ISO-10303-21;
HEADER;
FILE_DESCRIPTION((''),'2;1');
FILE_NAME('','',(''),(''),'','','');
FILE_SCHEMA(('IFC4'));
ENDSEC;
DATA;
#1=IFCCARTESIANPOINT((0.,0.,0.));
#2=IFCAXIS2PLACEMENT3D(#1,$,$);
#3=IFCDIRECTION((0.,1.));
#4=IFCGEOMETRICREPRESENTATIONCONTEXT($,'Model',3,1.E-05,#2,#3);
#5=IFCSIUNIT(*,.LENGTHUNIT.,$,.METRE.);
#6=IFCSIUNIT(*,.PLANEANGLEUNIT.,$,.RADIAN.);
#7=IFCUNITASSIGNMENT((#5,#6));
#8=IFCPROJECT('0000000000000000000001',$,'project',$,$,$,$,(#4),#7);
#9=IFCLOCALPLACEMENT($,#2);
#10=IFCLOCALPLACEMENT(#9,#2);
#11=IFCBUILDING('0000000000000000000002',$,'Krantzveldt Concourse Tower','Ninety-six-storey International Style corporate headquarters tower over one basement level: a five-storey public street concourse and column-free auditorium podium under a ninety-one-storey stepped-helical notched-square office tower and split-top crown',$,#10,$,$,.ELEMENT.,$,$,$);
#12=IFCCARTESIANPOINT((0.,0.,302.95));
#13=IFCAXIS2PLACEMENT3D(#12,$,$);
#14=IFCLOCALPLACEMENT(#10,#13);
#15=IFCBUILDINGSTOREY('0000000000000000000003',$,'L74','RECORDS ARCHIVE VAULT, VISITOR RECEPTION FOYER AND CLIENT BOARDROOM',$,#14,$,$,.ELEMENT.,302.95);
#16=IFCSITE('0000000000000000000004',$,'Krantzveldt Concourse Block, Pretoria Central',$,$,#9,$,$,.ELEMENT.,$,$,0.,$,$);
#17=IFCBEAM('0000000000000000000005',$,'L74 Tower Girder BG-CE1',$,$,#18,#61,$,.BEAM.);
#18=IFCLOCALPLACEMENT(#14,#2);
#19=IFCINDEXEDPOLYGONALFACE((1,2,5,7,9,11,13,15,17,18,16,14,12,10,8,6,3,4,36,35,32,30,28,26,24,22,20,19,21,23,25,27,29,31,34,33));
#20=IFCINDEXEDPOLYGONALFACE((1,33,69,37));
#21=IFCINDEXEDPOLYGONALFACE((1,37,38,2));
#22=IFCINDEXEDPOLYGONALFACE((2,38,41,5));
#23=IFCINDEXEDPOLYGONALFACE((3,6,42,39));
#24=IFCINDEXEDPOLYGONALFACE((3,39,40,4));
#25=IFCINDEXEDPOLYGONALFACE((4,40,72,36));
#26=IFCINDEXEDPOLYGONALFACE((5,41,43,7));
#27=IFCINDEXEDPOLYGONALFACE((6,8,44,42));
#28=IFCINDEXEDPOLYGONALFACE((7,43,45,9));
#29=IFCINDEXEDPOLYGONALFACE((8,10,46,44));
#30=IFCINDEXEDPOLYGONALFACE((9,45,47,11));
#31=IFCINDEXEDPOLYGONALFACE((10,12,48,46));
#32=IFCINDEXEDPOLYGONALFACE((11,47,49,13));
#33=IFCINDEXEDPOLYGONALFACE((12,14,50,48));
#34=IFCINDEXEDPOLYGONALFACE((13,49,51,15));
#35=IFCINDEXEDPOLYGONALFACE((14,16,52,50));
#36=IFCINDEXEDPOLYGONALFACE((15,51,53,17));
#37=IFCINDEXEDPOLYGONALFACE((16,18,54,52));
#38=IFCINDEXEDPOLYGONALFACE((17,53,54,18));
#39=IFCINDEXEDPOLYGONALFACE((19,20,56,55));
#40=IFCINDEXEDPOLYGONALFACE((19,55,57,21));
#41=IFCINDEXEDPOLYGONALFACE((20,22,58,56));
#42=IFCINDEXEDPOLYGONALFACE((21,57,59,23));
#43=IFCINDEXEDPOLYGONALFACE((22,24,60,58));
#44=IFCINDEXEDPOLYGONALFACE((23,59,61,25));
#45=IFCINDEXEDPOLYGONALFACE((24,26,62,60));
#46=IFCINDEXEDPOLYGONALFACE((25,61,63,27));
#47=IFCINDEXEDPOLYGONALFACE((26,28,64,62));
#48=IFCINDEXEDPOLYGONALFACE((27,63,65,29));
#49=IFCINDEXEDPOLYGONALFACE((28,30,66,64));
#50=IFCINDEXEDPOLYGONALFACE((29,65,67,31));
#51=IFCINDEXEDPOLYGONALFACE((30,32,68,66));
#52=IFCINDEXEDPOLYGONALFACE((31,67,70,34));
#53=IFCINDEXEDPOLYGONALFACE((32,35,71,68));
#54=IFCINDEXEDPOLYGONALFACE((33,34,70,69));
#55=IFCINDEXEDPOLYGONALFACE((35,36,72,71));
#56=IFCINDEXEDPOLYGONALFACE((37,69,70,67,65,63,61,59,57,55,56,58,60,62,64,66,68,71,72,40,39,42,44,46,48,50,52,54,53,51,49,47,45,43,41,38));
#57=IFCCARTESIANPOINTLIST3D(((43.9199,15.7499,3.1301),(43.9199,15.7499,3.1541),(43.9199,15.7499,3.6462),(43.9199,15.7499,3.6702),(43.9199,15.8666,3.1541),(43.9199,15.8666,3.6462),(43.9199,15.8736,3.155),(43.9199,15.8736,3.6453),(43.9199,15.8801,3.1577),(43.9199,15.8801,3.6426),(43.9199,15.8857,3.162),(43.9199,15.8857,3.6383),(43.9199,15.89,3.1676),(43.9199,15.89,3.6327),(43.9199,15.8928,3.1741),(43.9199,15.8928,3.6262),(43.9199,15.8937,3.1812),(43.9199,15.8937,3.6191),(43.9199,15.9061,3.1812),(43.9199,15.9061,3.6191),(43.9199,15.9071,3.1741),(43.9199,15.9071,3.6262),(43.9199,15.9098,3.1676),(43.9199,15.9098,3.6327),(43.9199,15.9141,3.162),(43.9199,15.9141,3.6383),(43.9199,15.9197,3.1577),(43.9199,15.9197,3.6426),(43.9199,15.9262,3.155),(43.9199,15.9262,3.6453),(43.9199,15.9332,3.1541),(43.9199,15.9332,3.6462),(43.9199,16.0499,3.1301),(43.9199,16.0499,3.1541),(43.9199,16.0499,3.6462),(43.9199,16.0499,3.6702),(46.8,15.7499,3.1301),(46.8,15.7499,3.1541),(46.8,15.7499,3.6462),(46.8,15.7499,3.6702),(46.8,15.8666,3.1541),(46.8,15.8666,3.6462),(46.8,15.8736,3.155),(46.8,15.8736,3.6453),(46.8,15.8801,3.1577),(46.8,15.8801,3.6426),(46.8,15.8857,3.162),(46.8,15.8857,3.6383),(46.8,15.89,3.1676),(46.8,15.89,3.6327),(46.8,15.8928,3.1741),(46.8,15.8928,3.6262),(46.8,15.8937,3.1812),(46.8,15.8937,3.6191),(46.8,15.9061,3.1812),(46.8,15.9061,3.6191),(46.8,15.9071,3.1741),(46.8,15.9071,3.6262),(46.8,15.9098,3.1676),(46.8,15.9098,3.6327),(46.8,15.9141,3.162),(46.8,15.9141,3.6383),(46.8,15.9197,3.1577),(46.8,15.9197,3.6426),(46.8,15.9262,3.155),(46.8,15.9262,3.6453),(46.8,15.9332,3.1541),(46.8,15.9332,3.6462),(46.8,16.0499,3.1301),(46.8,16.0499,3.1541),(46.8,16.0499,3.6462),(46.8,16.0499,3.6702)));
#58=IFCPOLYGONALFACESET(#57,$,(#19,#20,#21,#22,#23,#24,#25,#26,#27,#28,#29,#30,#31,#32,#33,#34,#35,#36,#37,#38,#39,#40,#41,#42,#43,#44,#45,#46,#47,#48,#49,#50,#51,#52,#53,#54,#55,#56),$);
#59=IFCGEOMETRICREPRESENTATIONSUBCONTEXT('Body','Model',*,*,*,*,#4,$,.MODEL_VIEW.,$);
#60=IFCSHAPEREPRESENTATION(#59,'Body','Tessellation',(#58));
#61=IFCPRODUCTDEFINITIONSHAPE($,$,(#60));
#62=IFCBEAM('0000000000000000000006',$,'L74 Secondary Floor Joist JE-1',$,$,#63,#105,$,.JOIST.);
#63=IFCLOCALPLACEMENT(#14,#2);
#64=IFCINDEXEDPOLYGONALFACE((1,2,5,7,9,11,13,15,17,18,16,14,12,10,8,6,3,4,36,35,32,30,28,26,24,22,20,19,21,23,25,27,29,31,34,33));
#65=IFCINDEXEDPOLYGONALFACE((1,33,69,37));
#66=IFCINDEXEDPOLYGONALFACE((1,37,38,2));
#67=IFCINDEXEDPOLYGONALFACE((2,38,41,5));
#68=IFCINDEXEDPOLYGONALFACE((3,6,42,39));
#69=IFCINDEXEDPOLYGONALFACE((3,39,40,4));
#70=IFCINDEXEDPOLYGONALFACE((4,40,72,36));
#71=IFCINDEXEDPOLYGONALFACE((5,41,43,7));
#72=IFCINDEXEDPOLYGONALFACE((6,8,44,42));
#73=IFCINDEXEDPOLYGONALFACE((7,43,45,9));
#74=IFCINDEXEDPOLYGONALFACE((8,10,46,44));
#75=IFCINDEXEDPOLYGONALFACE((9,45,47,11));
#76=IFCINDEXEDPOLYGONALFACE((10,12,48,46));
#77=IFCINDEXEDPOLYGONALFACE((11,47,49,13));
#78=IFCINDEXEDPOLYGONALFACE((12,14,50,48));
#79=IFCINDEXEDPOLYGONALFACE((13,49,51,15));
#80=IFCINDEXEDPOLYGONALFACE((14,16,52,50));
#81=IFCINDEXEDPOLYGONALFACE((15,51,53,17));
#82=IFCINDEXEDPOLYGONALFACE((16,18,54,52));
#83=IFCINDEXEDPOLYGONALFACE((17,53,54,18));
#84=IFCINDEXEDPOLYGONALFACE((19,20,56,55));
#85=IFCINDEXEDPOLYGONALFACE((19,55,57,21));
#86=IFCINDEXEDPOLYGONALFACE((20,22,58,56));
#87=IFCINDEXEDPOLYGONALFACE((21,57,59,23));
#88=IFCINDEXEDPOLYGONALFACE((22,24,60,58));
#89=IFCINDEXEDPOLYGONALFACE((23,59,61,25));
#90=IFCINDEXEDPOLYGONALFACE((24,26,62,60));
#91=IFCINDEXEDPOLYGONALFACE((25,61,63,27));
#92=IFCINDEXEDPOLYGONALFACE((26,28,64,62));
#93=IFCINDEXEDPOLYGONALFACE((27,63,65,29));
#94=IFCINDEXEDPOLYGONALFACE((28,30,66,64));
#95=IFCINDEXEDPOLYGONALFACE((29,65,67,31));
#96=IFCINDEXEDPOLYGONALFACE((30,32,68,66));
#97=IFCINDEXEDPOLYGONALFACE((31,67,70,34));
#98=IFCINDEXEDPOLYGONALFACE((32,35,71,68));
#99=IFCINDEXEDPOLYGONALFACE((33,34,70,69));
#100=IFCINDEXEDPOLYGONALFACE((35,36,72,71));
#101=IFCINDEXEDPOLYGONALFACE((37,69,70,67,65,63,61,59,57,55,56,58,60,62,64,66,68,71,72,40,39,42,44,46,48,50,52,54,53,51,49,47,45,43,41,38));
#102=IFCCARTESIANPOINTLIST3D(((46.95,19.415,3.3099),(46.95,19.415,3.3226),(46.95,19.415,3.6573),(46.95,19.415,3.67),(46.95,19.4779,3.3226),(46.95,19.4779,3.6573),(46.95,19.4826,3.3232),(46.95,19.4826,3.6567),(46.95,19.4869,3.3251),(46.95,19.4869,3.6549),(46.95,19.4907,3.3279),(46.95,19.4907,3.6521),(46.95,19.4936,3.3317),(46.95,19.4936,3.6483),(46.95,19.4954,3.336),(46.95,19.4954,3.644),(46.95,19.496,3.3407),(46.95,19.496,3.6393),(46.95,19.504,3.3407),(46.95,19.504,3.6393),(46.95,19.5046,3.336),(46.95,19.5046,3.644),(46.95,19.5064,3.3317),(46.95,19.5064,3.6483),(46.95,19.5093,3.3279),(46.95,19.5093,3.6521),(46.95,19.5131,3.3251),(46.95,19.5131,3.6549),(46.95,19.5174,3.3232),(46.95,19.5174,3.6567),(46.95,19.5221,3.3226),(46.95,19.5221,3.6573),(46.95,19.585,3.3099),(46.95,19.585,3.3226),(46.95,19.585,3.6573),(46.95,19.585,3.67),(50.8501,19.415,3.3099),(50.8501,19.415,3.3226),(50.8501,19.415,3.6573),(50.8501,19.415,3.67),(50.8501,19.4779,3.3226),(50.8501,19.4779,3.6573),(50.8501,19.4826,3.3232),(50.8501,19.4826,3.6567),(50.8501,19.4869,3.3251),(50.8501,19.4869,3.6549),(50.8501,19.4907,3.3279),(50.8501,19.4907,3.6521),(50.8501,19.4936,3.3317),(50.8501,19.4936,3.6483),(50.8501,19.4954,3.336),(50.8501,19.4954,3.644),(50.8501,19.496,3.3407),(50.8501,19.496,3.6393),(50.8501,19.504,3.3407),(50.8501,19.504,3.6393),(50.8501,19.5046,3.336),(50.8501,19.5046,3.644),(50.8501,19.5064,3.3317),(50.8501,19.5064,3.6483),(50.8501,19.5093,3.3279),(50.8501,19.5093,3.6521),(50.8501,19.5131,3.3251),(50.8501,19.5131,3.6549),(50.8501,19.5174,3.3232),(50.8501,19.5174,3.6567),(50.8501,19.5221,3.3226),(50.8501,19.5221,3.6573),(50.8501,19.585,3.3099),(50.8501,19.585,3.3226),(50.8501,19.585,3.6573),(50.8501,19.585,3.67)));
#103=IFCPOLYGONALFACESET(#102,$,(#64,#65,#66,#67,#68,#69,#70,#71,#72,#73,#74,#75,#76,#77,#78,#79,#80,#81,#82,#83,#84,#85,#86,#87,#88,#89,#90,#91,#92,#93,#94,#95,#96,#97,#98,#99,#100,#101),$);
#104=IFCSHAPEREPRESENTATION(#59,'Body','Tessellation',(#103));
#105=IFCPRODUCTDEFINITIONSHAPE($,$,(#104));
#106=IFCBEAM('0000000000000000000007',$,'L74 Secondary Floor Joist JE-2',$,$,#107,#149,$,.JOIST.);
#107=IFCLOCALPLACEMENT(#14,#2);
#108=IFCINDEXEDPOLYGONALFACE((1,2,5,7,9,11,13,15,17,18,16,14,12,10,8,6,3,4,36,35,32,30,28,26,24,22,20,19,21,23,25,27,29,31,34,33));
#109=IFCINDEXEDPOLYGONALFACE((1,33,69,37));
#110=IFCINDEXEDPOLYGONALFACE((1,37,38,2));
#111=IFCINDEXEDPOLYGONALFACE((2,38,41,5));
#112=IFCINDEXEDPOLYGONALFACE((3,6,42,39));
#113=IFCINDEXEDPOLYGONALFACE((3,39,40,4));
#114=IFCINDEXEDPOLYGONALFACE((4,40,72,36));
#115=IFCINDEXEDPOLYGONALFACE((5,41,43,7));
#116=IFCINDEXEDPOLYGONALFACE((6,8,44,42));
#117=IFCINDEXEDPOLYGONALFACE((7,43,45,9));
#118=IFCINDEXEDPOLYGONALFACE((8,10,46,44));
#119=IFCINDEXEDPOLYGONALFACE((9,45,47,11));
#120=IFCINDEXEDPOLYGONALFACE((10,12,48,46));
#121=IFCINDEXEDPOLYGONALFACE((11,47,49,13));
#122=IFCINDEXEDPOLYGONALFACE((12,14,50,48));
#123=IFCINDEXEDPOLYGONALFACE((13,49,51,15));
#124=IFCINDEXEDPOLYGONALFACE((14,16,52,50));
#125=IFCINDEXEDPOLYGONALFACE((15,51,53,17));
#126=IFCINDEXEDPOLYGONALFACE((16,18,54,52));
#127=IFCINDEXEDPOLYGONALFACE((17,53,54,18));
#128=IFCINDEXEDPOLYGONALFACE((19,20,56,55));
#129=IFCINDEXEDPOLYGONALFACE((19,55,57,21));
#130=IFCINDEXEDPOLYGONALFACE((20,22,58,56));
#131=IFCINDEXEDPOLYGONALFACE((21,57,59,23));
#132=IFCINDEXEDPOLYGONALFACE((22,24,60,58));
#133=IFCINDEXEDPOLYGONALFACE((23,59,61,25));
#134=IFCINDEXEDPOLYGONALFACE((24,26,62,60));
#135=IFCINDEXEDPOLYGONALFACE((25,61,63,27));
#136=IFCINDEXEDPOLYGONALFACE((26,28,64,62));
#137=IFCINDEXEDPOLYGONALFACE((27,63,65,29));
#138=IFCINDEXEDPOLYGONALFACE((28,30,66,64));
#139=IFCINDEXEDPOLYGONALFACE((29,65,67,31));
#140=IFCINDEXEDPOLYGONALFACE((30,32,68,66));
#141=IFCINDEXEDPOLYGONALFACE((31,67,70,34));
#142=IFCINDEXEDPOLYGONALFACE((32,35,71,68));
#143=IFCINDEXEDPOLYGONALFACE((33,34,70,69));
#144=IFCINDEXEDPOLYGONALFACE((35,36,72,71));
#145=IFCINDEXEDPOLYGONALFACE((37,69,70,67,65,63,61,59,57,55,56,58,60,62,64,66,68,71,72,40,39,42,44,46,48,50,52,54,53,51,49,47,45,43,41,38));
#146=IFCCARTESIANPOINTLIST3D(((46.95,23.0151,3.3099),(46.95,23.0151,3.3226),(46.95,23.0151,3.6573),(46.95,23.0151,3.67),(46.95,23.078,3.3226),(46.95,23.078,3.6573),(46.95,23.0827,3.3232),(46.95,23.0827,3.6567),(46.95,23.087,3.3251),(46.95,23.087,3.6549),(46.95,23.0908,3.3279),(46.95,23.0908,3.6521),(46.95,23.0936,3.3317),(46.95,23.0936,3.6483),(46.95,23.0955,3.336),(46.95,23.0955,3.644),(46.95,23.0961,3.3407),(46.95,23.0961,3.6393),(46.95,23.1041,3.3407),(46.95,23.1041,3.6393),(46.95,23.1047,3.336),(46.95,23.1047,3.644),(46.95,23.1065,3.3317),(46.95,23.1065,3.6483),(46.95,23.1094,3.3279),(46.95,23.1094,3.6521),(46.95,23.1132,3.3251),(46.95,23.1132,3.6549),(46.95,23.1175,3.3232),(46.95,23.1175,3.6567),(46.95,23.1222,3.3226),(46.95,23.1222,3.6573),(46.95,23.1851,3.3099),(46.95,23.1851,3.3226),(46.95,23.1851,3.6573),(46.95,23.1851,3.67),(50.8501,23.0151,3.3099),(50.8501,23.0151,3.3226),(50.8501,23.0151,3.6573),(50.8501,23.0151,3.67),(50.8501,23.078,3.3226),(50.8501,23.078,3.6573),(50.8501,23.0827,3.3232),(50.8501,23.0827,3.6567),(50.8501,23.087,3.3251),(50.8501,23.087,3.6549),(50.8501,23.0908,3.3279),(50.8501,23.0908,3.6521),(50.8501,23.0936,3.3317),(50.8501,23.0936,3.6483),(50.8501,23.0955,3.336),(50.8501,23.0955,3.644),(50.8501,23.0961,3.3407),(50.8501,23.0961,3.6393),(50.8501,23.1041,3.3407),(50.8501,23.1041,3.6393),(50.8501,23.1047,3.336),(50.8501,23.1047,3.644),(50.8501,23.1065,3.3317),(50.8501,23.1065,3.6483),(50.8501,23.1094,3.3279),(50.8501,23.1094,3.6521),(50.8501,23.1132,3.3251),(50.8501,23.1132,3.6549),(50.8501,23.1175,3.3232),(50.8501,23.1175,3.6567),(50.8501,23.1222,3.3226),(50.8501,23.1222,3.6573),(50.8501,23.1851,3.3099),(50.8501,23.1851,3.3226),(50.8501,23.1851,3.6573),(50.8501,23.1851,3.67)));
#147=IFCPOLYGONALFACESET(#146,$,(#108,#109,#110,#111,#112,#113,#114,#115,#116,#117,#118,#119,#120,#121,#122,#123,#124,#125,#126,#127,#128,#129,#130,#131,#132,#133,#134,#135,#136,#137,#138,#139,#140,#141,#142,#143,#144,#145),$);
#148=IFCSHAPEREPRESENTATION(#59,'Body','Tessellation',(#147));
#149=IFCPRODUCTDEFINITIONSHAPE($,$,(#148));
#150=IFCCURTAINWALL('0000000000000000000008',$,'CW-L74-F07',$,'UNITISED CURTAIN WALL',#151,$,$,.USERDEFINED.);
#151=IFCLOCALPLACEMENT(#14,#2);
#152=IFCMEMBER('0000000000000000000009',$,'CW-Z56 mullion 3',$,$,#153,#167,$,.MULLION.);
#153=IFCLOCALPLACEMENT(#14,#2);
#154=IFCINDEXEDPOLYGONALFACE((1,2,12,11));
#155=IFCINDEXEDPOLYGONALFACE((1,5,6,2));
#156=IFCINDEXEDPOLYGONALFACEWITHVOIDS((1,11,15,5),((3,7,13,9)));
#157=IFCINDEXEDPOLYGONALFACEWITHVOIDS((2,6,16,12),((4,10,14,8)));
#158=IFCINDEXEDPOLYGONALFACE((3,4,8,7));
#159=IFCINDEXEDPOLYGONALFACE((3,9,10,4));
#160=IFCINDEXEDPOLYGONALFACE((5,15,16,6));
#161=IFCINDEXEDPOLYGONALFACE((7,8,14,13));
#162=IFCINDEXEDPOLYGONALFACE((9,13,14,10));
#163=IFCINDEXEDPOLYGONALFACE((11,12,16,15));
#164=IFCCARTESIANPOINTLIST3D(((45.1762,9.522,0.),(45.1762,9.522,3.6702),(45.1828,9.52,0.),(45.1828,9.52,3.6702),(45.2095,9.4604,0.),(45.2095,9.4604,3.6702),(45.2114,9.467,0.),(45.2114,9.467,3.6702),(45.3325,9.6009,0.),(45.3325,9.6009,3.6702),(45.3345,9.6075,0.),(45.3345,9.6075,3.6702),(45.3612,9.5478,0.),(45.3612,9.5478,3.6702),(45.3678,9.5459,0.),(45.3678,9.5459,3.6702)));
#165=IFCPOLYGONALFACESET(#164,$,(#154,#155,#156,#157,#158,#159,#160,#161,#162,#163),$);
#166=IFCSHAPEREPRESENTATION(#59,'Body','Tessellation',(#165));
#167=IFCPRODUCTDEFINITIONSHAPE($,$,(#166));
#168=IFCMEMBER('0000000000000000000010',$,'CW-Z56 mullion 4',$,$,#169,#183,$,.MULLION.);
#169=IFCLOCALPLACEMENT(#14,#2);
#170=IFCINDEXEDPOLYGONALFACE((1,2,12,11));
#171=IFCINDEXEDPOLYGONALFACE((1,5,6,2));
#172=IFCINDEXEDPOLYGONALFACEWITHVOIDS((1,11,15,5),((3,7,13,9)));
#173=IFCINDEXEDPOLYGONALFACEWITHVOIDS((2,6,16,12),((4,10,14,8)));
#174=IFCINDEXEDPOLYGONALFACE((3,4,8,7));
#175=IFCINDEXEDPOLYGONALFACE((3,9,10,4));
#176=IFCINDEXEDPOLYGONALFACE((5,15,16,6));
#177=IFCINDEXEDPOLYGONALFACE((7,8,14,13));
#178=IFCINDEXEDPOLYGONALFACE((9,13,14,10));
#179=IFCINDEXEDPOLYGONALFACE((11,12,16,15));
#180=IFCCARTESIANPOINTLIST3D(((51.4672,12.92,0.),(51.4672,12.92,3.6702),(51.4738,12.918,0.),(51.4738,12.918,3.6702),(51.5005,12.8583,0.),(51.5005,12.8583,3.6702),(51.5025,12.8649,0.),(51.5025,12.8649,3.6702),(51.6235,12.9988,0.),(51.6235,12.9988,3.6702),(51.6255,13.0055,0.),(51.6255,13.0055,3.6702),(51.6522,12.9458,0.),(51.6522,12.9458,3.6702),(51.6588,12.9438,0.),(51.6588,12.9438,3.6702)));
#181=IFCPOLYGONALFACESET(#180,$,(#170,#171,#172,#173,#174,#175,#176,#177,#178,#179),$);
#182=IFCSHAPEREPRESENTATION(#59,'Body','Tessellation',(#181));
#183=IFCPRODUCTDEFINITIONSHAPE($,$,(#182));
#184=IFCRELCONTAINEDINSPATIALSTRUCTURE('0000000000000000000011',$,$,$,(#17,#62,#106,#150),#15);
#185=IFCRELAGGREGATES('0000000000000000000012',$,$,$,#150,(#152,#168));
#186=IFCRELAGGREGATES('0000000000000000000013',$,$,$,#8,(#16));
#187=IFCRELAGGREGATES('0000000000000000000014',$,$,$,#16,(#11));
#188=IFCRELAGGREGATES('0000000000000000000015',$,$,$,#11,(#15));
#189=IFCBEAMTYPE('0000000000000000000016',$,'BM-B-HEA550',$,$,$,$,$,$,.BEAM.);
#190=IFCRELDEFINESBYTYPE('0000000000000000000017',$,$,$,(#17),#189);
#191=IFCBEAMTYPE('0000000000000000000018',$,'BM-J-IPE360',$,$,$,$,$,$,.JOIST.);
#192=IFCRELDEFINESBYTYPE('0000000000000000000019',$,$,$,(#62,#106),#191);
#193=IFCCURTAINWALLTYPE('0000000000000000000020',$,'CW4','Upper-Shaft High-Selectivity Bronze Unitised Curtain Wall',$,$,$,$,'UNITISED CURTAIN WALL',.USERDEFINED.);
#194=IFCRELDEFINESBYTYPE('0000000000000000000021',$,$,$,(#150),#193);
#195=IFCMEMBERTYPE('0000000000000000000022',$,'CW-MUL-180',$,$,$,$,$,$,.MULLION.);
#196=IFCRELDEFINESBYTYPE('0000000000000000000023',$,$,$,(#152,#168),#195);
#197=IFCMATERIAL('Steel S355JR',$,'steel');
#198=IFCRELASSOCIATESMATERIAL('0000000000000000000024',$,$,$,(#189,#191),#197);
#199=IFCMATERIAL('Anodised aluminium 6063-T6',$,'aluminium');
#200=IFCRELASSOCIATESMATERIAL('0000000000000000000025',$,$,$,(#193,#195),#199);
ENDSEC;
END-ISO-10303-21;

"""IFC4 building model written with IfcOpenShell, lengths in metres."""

from ifc_helpers import new_model, si_unit, direction, frame, origin, origin_2d, place, context, subcontext, project, spatial, hollow_rectangle, i_section, extrude, source, transform, mapped, material, material_profile, profile_set, type_object, type_shapes, element, aggregate, save


model = new_model("IFC4")

# Units and contexts
model_context = context("Model", 3, precision=1e-05, world=origin(), true_north=direction((0.0, 1.0)))
body_context = subcontext(model_context, "Body", "Model", "MODEL_VIEW")
ifc_project = project(units=[si_unit("LENGTHUNIT", "METRE"), si_unit("PLANEANGLEUNIT", "RADIAN")], contexts=[model_context])

# Site, building, storey
site_placement = place(None, origin())
site = spatial("IfcSite", under=ifc_project, at=site_placement, Name="Krantzveldt Concourse Block, Pretoria Central", CompositionType="ELEMENT", RefElevation=0.0)
building_placement = place(site_placement, origin())
building = spatial("IfcBuilding", under=site, at=building_placement, Name="Krantzveldt Concourse Tower", Description="Ninety-six-storey International Style corporate headquarters tower over one basement level: a five-storey public street concourse and column-free auditorium podium under a ninety-one-storey stepped-helical notched-square office tower and split-top crown", CompositionType="ELEMENT")
storey_placement = place(building_placement, frame((0.0, 0.0, 302.95)))
storey = spatial("IfcBuildingStorey", under=building, at=storey_placement, Name="L74", Description="RECORDS ARCHIVE VAULT, VISITOR RECEPTION FOYER AND CLIENT BOARDROOM", CompositionType="ELEMENT", Elevation=302.95)

# Beams
ifc_material_1 = material(Name="Steel S355JR", Category="steel")
ifc_material_profile_1 = material_profile(ifc_material_1, i_section(OverallWidth=0.3, OverallDepth=0.54, WebThickness=0.0125, FlangeThickness=0.0239, FilletRadius=0.0271, at=origin_2d()), Name="Steel S355JR", Category="steel")
ifc_profile_set_1 = profile_set([ifc_material_profile_1], Name="Steel S355JR - HEA 550")
beam_type_1 = type_object("IfcBeamType", Name="BM-B-HEA550", PredefinedType="BEAM", material=ifc_profile_set_1)
shared_shape_1 = source(origin(), body_context, "Body", "SweptSolid", [
    extrude(i_section(OverallWidth=0.3, OverallDepth=0.54, WebThickness=0.0125, FlangeThickness=0.0239, FilletRadius=0.0271, at=origin_2d()), origin(), (0.0, 0.0, 1.0), 2.8801),
])
beam_1_placement = place(storey_placement, frame((43.9199, 15.8999, 3.4001), z_axis=(1.0, 0.0, 0.0), x_axis=(0.0, 1.0, 0.0)))
element("IfcBeam", 1, at=beam_1_placement, inside=storey, type_object=beam_type_1, Name="L74 Tower Girder BG-CE1", PredefinedType="BEAM", context=body_context, shape_type="MappedRepresentation", body=[
    mapped(shared_shape_1, transform((0.0, 0.0, 0.0), x_axis=(1.0, 0.0, 0.0), y_axis=(0.0, 1.0, 0.0), z_axis=(0.0, 0.0, 1.0), scale=1.0)),
])
ifc_material_profile_2 = material_profile(ifc_material_1, i_section(OverallWidth=0.1699, OverallDepth=0.3601, WebThickness=0.0081, FlangeThickness=0.0127, FilletRadius=0.0181, at=origin_2d()), Name="Steel S355JR", Category="steel")
ifc_profile_set_2 = profile_set([ifc_material_profile_2], Name="Steel S355JR - IPE 360")
beam_type_2 = type_object("IfcBeamType", Name="BM-J-IPE360", PredefinedType="JOIST", material=ifc_profile_set_2)
shared_shape_2 = source(origin(), body_context, "Body", "SweptSolid", [
    extrude(i_section(OverallWidth=0.1699, OverallDepth=0.3601, WebThickness=0.0081, FlangeThickness=0.0127, FilletRadius=0.0181, at=origin_2d()), origin(), (0.0, 0.0, 1.0), 3.9001),
])
type_shapes(beam_type_2, [shared_shape_2])
for number, where, z_axis, x_axis, name in (
    (2, (46.95, 19.5, 3.49), (1.0, 0.0, 0.0), (0.0, 1.0, 0.0), "L74 Secondary Floor Joist JE-1"),
    (3, (46.95, 23.1001, 3.49), (1.0, 0.0, 0.0), (0.0, 1.0, 0.0), "L74 Secondary Floor Joist JE-2"),
):
    element("IfcBeam", number, at=place(storey_placement, frame(where, z_axis=z_axis, x_axis=x_axis)), inside=storey, type_object=beam_type_2, Name=name, PredefinedType="JOIST", context=body_context, shape_type="MappedRepresentation", body=[
        mapped(shared_shape_2, transform((0.0, 0.0, 0.0), x_axis=(1.0, 0.0, 0.0), y_axis=(0.0, 1.0, 0.0), z_axis=(0.0, 0.0, 1.0), scale=1.0)),
    ])

# Curtain wall, members
ifc_material_2 = material(Name="Anodised aluminium 6063-T6", Category="aluminium")
curtain_wall_type = type_object("IfcCurtainWallType", Name="CW4", Description="Upper-Shaft High-Selectivity Bronze Unitised Curtain Wall", ElementType="UNITISED CURTAIN WALL", PredefinedType="USERDEFINED", material=ifc_material_2)
curtain_wall_1_placement = place(storey_placement, origin())
curtain_wall_1 = element("IfcCurtainWall", 4, at=curtain_wall_1_placement, inside=storey, type_object=curtain_wall_type, Name="CW-L74-F07", ObjectType="UNITISED CURTAIN WALL", PredefinedType="USERDEFINED")
ifc_material_profile_3 = material_profile(ifc_material_2, hollow_rectangle(XDim=0.0701, YDim=0.1799, WallThickness=0.0049, at=origin_2d()), Name="Anodised aluminium 6063-T6", Category="aluminium")
ifc_profile_set_3 = profile_set([ifc_material_profile_3], Name="Anodised aluminium 6063-T6 - ALU-MULL 180x70x5")
member_type_1 = type_object("IfcMemberType", Name="CW-MUL-180", PredefinedType="MULLION", material=ifc_profile_set_3)
shared_shape_3 = source(origin(), body_context, "Body", "SweptSolid", [
    extrude(hollow_rectangle(XDim=0.0701, YDim=0.1799, WallThickness=0.0049, at=origin_2d()), origin(), (0.0, 0.0, 1.0), 3.6702),
])
type_shapes(member_type_1, [shared_shape_3])
member_1_placement = place(storey_placement, frame((45.272, 9.5339, 0.0), z_axis=(0.0, 0.0, 1.0), x_axis=(-0.47524, 0.879856, 0.0)))
member_1 = element("IfcMember", 5, at=member_1_placement, type_object=member_type_1, Name="CW-Z56 mullion 3", PredefinedType="MULLION", context=body_context, shape_type="MappedRepresentation", body=[
    mapped(shared_shape_3, transform((0.0, 0.0, 0.0), x_axis=(1.0, 0.0, 0.0), y_axis=(0.0, 1.0, 0.0), z_axis=(0.0, 0.0, 1.0), scale=1.0)),
])
member_2_placement = place(storey_placement, frame((51.563, 12.9319, 0.0), z_axis=(0.0, 0.0, 1.0), x_axis=(-0.47524, 0.879856, 0.0)))
member_2 = element("IfcMember", 6, at=member_2_placement, type_object=member_type_1, Name="CW-Z56 mullion 4", PredefinedType="MULLION", context=body_context, shape_type="MappedRepresentation", body=[
    mapped(shared_shape_3, transform((0.0, 0.0, 0.0), x_axis=(1.0, 0.0, 0.0), y_axis=(0.0, 1.0, 0.0), z_axis=(0.0, 0.0, 1.0), scale=1.0)),
])

aggregate(curtain_wall_1, [member_1, member_2])

save(model, "model.ifc")
